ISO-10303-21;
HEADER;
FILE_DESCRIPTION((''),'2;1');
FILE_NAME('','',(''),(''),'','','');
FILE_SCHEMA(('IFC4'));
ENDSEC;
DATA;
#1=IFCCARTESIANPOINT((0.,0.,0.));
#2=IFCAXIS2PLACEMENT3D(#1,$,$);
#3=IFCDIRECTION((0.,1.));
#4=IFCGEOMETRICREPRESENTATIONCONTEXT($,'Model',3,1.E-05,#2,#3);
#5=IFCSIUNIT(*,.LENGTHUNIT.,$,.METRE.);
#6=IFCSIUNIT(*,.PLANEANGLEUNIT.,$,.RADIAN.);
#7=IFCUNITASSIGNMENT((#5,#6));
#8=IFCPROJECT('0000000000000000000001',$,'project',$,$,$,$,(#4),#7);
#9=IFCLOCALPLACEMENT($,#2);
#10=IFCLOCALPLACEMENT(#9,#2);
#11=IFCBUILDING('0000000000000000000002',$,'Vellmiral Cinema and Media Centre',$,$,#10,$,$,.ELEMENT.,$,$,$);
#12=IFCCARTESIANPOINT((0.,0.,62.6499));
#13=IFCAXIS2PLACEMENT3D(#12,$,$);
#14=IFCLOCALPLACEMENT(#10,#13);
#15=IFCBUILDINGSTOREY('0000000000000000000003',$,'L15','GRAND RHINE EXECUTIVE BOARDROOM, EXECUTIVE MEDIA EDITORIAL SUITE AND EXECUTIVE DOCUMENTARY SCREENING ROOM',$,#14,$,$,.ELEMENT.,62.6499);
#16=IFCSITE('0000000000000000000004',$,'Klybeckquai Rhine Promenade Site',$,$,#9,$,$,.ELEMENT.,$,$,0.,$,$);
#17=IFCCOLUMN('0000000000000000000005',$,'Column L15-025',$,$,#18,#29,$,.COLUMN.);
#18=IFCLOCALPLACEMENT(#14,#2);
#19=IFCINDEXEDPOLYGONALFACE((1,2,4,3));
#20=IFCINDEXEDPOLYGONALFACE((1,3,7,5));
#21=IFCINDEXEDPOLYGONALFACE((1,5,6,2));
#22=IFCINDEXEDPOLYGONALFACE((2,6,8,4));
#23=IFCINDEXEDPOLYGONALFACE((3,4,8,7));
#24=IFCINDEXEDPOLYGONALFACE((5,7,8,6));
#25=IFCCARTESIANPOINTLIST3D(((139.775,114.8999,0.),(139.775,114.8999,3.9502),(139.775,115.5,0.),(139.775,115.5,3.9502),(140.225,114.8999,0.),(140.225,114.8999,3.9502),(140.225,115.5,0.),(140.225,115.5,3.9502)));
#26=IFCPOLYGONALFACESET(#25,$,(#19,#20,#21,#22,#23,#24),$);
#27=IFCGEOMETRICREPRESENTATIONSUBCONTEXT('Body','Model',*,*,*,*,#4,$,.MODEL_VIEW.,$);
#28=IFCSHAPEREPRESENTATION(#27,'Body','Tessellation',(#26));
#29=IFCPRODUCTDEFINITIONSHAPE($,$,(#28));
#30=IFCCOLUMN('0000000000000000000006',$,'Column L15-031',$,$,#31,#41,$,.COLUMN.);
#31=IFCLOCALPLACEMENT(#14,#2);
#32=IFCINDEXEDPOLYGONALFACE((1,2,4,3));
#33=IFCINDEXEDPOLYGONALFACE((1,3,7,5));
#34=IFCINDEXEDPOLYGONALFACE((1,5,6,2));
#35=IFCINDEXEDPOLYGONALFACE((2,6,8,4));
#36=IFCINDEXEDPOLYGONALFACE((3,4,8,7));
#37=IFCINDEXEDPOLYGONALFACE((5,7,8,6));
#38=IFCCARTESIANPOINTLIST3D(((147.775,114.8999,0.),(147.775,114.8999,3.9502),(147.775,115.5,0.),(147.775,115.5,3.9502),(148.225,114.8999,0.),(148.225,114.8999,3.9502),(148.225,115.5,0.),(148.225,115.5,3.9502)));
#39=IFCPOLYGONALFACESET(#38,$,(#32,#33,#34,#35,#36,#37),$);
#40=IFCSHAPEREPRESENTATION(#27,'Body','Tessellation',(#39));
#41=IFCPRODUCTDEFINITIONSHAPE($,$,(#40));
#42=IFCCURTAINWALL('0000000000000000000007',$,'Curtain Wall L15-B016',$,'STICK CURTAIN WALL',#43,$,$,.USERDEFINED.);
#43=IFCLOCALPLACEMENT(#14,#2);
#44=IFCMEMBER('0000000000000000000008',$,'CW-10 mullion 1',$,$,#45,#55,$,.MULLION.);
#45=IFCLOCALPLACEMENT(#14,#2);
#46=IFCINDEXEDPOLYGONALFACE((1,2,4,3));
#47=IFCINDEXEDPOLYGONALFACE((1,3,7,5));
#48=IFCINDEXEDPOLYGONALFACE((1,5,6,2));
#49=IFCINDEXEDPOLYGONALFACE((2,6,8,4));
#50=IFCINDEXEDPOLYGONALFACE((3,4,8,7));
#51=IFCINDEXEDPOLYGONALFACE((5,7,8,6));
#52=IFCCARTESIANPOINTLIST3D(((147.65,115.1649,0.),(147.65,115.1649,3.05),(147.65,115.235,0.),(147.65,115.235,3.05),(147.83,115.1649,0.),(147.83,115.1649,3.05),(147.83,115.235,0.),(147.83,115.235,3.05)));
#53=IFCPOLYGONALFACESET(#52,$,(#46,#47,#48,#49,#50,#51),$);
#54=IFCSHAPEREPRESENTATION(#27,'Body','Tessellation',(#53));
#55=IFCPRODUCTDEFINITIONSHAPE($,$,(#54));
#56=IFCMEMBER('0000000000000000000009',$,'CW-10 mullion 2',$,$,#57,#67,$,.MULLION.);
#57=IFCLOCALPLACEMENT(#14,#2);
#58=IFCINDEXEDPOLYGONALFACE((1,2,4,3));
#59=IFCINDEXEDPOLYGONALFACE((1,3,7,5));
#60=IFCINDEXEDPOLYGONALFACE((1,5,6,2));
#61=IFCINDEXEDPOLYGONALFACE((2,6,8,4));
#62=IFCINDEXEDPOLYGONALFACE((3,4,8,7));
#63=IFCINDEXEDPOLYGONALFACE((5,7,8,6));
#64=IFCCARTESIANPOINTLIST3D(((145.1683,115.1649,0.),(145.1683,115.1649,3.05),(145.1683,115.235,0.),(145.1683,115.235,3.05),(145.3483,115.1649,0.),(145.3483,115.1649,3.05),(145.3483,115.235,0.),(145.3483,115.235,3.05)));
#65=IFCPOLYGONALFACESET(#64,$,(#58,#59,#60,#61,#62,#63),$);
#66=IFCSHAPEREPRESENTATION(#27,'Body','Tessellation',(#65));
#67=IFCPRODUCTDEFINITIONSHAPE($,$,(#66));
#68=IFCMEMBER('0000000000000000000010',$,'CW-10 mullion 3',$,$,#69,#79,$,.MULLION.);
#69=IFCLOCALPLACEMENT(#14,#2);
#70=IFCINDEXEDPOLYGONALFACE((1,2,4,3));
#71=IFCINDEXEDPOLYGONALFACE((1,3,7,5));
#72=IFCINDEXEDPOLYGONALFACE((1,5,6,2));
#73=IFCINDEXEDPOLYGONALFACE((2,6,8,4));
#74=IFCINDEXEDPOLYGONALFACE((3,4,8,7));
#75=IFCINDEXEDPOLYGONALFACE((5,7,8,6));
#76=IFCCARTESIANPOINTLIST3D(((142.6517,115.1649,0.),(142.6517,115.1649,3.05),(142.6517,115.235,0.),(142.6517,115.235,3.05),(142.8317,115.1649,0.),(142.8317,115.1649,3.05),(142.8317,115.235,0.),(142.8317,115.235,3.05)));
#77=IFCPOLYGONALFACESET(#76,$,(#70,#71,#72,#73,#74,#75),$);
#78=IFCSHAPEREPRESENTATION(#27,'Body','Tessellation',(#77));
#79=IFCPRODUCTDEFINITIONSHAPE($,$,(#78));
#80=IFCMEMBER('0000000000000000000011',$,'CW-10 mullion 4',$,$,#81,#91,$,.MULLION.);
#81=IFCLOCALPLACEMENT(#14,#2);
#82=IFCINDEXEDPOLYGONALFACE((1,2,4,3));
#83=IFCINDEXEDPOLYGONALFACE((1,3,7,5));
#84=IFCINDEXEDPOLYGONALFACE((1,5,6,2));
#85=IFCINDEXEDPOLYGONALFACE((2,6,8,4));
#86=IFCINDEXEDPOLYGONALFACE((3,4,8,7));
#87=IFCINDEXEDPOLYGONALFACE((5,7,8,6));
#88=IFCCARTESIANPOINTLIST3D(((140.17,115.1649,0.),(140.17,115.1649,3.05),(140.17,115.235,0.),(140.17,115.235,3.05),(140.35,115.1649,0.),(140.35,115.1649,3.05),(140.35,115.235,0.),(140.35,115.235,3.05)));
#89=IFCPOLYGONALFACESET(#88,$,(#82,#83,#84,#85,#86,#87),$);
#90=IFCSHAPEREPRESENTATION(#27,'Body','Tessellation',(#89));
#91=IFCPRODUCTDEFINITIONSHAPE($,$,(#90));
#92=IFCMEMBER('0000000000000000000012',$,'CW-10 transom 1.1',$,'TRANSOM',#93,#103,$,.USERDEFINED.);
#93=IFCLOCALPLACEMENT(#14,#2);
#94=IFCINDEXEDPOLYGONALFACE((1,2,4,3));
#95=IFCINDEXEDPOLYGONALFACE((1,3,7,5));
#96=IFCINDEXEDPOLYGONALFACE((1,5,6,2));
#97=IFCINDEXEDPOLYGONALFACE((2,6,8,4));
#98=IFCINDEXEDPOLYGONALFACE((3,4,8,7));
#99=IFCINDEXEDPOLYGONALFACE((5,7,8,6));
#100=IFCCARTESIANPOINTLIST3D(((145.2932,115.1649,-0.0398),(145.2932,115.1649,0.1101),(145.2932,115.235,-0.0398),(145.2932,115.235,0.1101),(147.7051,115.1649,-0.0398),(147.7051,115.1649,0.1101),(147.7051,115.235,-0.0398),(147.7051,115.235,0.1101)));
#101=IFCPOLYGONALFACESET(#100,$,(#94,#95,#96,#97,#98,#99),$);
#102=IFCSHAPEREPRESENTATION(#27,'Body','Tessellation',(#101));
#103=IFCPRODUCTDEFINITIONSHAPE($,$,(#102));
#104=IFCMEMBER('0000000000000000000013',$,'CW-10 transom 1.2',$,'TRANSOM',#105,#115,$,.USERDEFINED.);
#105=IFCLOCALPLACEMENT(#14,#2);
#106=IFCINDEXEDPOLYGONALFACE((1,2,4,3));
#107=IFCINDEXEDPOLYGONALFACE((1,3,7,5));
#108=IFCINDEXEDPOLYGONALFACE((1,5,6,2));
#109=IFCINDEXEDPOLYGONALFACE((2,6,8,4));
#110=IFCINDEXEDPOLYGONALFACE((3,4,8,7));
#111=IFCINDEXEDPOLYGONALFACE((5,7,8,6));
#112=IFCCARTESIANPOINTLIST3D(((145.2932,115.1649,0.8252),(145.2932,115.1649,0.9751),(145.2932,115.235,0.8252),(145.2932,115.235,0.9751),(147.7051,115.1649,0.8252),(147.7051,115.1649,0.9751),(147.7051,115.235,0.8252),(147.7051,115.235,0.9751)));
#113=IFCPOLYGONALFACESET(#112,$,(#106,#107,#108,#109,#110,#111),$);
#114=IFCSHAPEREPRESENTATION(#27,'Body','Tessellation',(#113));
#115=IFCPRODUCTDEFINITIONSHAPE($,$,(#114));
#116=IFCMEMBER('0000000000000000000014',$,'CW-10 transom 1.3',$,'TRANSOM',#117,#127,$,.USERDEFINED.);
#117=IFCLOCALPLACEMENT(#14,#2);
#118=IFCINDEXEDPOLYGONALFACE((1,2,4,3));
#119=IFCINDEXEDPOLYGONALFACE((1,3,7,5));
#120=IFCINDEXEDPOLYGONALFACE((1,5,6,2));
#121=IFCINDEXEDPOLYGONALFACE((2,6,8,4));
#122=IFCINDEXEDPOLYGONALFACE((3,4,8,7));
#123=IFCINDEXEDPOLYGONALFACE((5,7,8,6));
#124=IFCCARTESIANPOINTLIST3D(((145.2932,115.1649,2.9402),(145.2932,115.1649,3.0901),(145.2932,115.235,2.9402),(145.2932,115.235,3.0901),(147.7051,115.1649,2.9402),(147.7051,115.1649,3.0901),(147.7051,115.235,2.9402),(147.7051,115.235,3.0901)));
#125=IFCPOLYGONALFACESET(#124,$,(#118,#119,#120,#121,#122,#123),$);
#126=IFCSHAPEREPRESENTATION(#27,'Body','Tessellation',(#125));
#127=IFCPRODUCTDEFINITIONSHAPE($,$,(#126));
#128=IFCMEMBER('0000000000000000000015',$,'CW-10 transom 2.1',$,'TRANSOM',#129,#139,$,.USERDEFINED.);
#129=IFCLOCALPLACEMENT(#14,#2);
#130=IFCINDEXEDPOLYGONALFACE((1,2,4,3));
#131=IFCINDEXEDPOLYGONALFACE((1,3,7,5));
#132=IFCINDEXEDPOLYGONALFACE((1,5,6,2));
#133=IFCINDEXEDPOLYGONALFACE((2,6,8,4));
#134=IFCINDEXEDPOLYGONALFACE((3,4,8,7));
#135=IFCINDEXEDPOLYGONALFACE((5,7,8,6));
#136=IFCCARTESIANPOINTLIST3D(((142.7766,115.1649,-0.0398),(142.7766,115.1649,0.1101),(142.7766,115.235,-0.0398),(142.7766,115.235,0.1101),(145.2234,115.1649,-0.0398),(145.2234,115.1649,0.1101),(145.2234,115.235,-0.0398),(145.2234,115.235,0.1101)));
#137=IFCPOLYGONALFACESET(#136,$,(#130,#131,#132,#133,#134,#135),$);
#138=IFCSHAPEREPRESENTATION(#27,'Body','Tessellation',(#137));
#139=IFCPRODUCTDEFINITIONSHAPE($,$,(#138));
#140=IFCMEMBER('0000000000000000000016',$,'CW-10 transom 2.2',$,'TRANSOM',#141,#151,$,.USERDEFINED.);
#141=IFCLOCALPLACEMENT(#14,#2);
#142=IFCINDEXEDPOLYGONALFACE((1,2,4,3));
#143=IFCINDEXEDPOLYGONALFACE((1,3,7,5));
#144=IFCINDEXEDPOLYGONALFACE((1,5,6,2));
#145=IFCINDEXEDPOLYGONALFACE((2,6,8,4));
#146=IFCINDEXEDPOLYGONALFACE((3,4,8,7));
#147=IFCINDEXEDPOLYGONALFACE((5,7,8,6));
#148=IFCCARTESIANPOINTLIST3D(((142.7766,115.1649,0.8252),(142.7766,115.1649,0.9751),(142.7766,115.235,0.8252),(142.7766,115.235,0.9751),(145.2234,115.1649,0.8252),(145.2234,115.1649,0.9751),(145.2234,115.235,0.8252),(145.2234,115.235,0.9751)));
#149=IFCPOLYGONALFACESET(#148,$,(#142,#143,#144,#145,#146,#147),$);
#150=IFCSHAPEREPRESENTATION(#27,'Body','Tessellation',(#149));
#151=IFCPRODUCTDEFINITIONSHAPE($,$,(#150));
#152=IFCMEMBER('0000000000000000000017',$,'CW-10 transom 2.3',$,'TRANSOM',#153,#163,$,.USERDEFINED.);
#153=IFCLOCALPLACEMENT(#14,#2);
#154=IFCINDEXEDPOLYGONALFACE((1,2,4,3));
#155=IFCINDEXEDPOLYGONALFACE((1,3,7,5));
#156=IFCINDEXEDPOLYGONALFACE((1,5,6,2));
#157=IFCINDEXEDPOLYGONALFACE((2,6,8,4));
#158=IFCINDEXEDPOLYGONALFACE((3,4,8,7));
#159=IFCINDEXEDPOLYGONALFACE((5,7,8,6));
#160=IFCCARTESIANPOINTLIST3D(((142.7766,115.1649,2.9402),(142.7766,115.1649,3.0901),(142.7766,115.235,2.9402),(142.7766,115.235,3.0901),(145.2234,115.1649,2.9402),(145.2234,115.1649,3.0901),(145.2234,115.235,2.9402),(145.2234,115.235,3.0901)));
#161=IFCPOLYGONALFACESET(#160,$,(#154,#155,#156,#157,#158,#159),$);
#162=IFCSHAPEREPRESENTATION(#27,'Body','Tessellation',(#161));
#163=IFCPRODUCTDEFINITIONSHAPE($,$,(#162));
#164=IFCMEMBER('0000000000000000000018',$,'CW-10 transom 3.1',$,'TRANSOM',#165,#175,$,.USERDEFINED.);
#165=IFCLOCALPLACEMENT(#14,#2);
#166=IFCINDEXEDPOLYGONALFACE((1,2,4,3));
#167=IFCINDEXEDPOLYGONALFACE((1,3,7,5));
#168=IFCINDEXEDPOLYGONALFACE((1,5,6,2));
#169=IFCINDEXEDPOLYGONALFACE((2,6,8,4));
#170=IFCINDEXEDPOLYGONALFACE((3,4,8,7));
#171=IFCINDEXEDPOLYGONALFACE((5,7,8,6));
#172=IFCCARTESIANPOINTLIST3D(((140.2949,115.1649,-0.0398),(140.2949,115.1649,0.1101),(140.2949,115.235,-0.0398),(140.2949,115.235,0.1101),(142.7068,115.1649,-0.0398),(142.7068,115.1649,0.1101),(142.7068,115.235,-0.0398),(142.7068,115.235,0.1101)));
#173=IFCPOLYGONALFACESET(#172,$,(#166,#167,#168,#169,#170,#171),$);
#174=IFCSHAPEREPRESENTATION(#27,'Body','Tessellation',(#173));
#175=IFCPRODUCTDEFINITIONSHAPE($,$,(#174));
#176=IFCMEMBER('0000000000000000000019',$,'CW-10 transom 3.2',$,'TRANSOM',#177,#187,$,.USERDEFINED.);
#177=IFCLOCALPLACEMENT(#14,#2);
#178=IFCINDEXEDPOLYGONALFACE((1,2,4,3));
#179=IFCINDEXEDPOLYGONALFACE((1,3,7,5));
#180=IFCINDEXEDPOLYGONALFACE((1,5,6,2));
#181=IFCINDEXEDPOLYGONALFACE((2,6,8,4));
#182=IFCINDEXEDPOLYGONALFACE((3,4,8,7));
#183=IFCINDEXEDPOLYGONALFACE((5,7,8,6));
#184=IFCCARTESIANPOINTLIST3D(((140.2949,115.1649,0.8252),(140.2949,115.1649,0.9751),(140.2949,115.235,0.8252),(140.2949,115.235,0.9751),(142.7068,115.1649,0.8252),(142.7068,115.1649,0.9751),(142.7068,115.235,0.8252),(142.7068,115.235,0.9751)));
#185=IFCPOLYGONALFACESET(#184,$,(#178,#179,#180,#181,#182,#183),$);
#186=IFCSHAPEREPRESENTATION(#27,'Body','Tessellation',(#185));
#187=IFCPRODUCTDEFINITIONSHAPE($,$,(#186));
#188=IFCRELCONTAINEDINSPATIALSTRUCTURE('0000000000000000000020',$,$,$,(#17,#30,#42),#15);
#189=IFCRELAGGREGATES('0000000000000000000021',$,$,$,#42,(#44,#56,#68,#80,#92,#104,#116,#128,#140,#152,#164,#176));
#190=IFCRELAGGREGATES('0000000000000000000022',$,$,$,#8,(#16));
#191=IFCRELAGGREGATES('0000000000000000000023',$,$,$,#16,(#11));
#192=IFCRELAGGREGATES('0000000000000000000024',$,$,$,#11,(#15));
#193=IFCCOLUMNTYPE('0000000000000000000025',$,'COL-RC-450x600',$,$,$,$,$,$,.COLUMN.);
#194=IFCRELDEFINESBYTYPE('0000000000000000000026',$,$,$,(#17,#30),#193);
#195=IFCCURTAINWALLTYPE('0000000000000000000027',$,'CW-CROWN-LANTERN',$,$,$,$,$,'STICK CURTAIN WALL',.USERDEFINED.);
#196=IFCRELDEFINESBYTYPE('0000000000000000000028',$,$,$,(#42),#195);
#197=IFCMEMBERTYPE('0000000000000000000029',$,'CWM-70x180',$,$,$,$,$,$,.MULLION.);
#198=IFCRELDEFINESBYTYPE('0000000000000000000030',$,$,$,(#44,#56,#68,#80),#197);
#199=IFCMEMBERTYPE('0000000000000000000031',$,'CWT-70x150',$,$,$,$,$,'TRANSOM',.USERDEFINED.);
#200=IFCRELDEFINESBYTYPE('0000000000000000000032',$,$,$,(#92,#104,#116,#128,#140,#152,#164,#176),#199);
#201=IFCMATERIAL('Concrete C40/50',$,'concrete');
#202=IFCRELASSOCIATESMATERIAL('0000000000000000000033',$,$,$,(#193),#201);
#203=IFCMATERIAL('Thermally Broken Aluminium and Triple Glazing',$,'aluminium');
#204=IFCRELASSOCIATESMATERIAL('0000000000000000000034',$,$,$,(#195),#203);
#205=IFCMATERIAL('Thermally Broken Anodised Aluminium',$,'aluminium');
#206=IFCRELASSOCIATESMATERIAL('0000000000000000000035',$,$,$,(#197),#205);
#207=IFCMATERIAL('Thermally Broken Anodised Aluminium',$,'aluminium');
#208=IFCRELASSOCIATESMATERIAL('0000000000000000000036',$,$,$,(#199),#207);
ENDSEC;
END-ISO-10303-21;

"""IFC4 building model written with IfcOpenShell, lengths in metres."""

from ifc_helpers import new_model, si_unit, direction, frame, origin, origin_2d, place, context, subcontext, project, spatial, rectangle, extrude, material, material_profile, profile_set, type_object, element, aggregate, save


model = new_model("IFC4")

# Units and contexts
model_context = context("Model", 3, precision=1e-05, world=origin(), true_north=direction((0.0, 1.0)))
body_context = subcontext(model_context, "Body", "Model", "MODEL_VIEW")
ifc_project = project(units=[si_unit("LENGTHUNIT", "METRE"), si_unit("PLANEANGLEUNIT", "RADIAN")], contexts=[model_context])

# Site, building, storey
site_placement = place(None, origin())
site = spatial("IfcSite", under=ifc_project, at=site_placement, Name="Klybeckquai Rhine Promenade Site", CompositionType="ELEMENT", RefElevation=0.0)
building_placement = place(site_placement, origin())
building = spatial("IfcBuilding", under=site, at=building_placement, Name="Vellmiral Cinema and Media Centre", CompositionType="ELEMENT")
storey_placement = place(building_placement, frame((0.0, 0.0, 62.6499)))
storey = spatial("IfcBuildingStorey", under=building, at=storey_placement, Name="L15", Description="GRAND RHINE EXECUTIVE BOARDROOM, EXECUTIVE MEDIA EDITORIAL SUITE AND EXECUTIVE DOCUMENTARY SCREENING ROOM", CompositionType="ELEMENT", Elevation=62.6499)

# Columns
ifc_material_1 = material(Name="Concrete C40/50", Category="concrete")
ifc_material_profile_1 = material_profile(ifc_material_1, rectangle(XDim=0.45, YDim=0.6001, at=origin_2d()), Name="RC 450x600")
ifc_profile_set_1 = profile_set([ifc_material_profile_1], Name="Concrete C40/50")
column_type = type_object("IfcColumnType", Name="COL-RC-450x600", PredefinedType="COLUMN", material=ifc_profile_set_1)
for number, where, z_axis, x_axis, name in (
    (1, (140.0, 115.2, 0.0), (0.0, 0.0, 1.0), (1.0, 0.0, 0.0), "Column L15-025"),
    (2, (148.0, 115.2, 0.0), (0.0, 0.0, 1.0), (1.0, 0.0, 0.0), "Column L15-031"),
):
    element("IfcColumn", number, at=place(storey_placement, frame(where, z_axis=z_axis, x_axis=x_axis)), inside=storey, type_object=column_type, Name=name, PredefinedType="COLUMN", context=body_context, shape_type="SweptSolid", body=[
        extrude(rectangle(XDim=0.45, YDim=0.6001, at=origin_2d()), origin(), (0.0, 0.0, 1.0), 3.9502),
    ])

# Curtain wall, members
ifc_material_2 = material(Name="Thermally Broken Aluminium and Triple Glazing", Category="aluminium")
curtain_wall_type = type_object("IfcCurtainWallType", Name="CW-CROWN-LANTERN", ElementType="STICK CURTAIN WALL", PredefinedType="USERDEFINED", material=ifc_material_2)
curtain_wall_placement = place(storey_placement, origin())
curtain_wall = element("IfcCurtainWall", 3, at=curtain_wall_placement, inside=storey, type_object=curtain_wall_type, Name="Curtain Wall L15-B016", ObjectType="STICK CURTAIN WALL", PredefinedType="USERDEFINED")
ifc_material_3 = material(Name="Thermally Broken Anodised Aluminium", Category="aluminium")
ifc_material_profile_2 = material_profile(ifc_material_3, rectangle(XDim=0.0701, YDim=0.1799, at=origin_2d()), Name="MULL 70x180")
ifc_profile_set_2 = profile_set([ifc_material_profile_2], Name="Thermally Broken Anodised Aluminium")
member_type_1 = type_object("IfcMemberType", Name="CWM-70x180", PredefinedType="MULLION", material=ifc_profile_set_2)
member_1_placement = place(storey_placement, frame((147.74, 115.2, 0.0), z_axis=(0.0, 0.0, 1.0), x_axis=(0.0, -1.0, 0.0)))
member_1 = element("IfcMember", 4, at=member_1_placement, type_object=member_type_1, Name="CW-10 mullion 1", PredefinedType="MULLION", context=body_context, shape_type="SweptSolid", body=[
    extrude(rectangle(XDim=0.0701, YDim=0.1799, at=origin_2d()), origin(), (0.0, 0.0, 1.0), 3.05),
])
member_2_placement = place(storey_placement, frame((145.2583, 115.2, 0.0), z_axis=(0.0, 0.0, 1.0), x_axis=(0.0, -1.0, 0.0)))
member_2 = element("IfcMember", 5, at=member_2_placement, type_object=member_type_1, Name="CW-10 mullion 2", PredefinedType="MULLION", context=body_context, shape_type="SweptSolid", body=[
    extrude(rectangle(XDim=0.0701, YDim=0.1799, at=origin_2d()), origin(), (0.0, 0.0, 1.0), 3.05),
])
member_3_placement = place(storey_placement, frame((142.7417, 115.2, 0.0), z_axis=(0.0, 0.0, 1.0), x_axis=(0.0, -1.0, 0.0)))
member_3 = element("IfcMember", 6, at=member_3_placement, type_object=member_type_1, Name="CW-10 mullion 3", PredefinedType="MULLION", context=body_context, shape_type="SweptSolid", body=[
    extrude(rectangle(XDim=0.0701, YDim=0.1799, at=origin_2d()), origin(), (0.0, 0.0, 1.0), 3.05),
])
member_4_placement = place(storey_placement, frame((140.26, 115.2, 0.0), z_axis=(0.0, 0.0, 1.0), x_axis=(0.0, -1.0, 0.0)))
member_4 = element("IfcMember", 7, at=member_4_placement, type_object=member_type_1, Name="CW-10 mullion 4", PredefinedType="MULLION", context=body_context, shape_type="SweptSolid", body=[
    extrude(rectangle(XDim=0.0701, YDim=0.1799, at=origin_2d()), origin(), (0.0, 0.0, 1.0), 3.05),
])
ifc_material_4 = material(Name="Thermally Broken Anodised Aluminium", Category="aluminium")
ifc_material_profile_3 = material_profile(ifc_material_4, rectangle(XDim=0.0701, YDim=0.1499, at=origin_2d()), Name="MULL 70x150")
ifc_profile_set_3 = profile_set([ifc_material_profile_3], Name="Thermally Broken Anodised Aluminium")
member_type_2 = type_object("IfcMemberType", Name="CWT-70x150", ElementType="TRANSOM", PredefinedType="USERDEFINED", material=ifc_profile_set_3)
member_5_placement = place(storey_placement, frame((147.7051, 115.2, 0.0352), z_axis=(-1.0, 0.0, 0.0), x_axis=(0.0, -1.0, 0.0)))
member_5 = element("IfcMember", 8, at=member_5_placement, type_object=member_type_2, Name="CW-10 transom 1.1", ObjectType="TRANSOM", PredefinedType="USERDEFINED", context=body_context, shape_type="SweptSolid", body=[
    extrude(rectangle(XDim=0.0701, YDim=0.1499, at=origin_2d()), origin(), (0.0, 0.0, 1.0), 2.4119),
])
member_6_placement = place(storey_placement, frame((147.7051, 115.2, 0.9001), z_axis=(-1.0, 0.0, 0.0), x_axis=(0.0, -1.0, 0.0)))
member_6 = element("IfcMember", 9, at=member_6_placement, type_object=member_type_2, Name="CW-10 transom 1.2", ObjectType="TRANSOM", PredefinedType="USERDEFINED", context=body_context, shape_type="SweptSolid", body=[
    extrude(rectangle(XDim=0.0701, YDim=0.1499, at=origin_2d()), origin(), (0.0, 0.0, 1.0), 2.4119),
])
member_7_placement = place(storey_placement, frame((147.7051, 115.2, 3.0151), z_axis=(-1.0, 0.0, 0.0), x_axis=(0.0, -1.0, 0.0)))
member_7 = element("IfcMember", 10, at=member_7_placement, type_object=member_type_2, Name="CW-10 transom 1.3", ObjectType="TRANSOM", PredefinedType="USERDEFINED", context=body_context, shape_type="SweptSolid", body=[
    extrude(rectangle(XDim=0.0701, YDim=0.1499, at=origin_2d()), origin(), (0.0, 0.0, 1.0), 2.4119),
])
member_8_placement = place(storey_placement, frame((145.2234, 115.2, 0.0352), z_axis=(-1.0, 0.0, 0.0), x_axis=(0.0, -1.0, 0.0)))
member_8 = element("IfcMember", 11, at=member_8_placement, type_object=member_type_2, Name="CW-10 transom 2.1", ObjectType="TRANSOM", PredefinedType="USERDEFINED", context=body_context, shape_type="SweptSolid", body=[
    extrude(rectangle(XDim=0.0701, YDim=0.1499, at=origin_2d()), origin(), (0.0, 0.0, 1.0), 2.4468),
])
member_9_placement = place(storey_placement, frame((145.2234, 115.2, 0.9001), z_axis=(-1.0, 0.0, 0.0), x_axis=(0.0, -1.0, 0.0)))
member_9 = element("IfcMember", 12, at=member_9_placement, type_object=member_type_2, Name="CW-10 transom 2.2", ObjectType="TRANSOM", PredefinedType="USERDEFINED", context=body_context, shape_type="SweptSolid", body=[
    extrude(rectangle(XDim=0.0701, YDim=0.1499, at=origin_2d()), origin(), (0.0, 0.0, 1.0), 2.4468),
])
member_10_placement = place(storey_placement, frame((145.2234, 115.2, 3.0151), z_axis=(-1.0, 0.0, 0.0), x_axis=(0.0, -1.0, 0.0)))
member_10 = element("IfcMember", 13, at=member_10_placement, type_object=member_type_2, Name="CW-10 transom 2.3", ObjectType="TRANSOM", PredefinedType="USERDEFINED", context=body_context, shape_type="SweptSolid", body=[
    extrude(rectangle(XDim=0.0701, YDim=0.1499, at=origin_2d()), origin(), (0.0, 0.0, 1.0), 2.4468),
])
member_11_placement = place(storey_placement, frame((142.7068, 115.2, 0.0352), z_axis=(-1.0, 0.0, 0.0), x_axis=(0.0, -1.0, 0.0)))
member_11 = element("IfcMember", 14, at=member_11_placement, type_object=member_type_2, Name="CW-10 transom 3.1", ObjectType="TRANSOM", PredefinedType="USERDEFINED", context=body_context, shape_type="SweptSolid", body=[
    extrude(rectangle(XDim=0.0701, YDim=0.1499, at=origin_2d()), origin(), (0.0, 0.0, 1.0), 2.4119),
])
member_12_placement = place(storey_placement, frame((142.7068, 115.2, 0.9001), z_axis=(-1.0, 0.0, 0.0), x_axis=(0.0, -1.0, 0.0)))
member_12 = element("IfcMember", 15, at=member_12_placement, type_object=member_type_2, Name="CW-10 transom 3.2", ObjectType="TRANSOM", PredefinedType="USERDEFINED", context=body_context, shape_type="SweptSolid", body=[
    extrude(rectangle(XDim=0.0701, YDim=0.1499, at=origin_2d()), origin(), (0.0, 0.0, 1.0), 2.4119),
])

aggregate(curtain_wall, [member_1, member_2, member_3, member_4, member_5, member_6, member_7, member_8, member_9, member_10, member_11, member_12])

save(model, "model.ifc")
